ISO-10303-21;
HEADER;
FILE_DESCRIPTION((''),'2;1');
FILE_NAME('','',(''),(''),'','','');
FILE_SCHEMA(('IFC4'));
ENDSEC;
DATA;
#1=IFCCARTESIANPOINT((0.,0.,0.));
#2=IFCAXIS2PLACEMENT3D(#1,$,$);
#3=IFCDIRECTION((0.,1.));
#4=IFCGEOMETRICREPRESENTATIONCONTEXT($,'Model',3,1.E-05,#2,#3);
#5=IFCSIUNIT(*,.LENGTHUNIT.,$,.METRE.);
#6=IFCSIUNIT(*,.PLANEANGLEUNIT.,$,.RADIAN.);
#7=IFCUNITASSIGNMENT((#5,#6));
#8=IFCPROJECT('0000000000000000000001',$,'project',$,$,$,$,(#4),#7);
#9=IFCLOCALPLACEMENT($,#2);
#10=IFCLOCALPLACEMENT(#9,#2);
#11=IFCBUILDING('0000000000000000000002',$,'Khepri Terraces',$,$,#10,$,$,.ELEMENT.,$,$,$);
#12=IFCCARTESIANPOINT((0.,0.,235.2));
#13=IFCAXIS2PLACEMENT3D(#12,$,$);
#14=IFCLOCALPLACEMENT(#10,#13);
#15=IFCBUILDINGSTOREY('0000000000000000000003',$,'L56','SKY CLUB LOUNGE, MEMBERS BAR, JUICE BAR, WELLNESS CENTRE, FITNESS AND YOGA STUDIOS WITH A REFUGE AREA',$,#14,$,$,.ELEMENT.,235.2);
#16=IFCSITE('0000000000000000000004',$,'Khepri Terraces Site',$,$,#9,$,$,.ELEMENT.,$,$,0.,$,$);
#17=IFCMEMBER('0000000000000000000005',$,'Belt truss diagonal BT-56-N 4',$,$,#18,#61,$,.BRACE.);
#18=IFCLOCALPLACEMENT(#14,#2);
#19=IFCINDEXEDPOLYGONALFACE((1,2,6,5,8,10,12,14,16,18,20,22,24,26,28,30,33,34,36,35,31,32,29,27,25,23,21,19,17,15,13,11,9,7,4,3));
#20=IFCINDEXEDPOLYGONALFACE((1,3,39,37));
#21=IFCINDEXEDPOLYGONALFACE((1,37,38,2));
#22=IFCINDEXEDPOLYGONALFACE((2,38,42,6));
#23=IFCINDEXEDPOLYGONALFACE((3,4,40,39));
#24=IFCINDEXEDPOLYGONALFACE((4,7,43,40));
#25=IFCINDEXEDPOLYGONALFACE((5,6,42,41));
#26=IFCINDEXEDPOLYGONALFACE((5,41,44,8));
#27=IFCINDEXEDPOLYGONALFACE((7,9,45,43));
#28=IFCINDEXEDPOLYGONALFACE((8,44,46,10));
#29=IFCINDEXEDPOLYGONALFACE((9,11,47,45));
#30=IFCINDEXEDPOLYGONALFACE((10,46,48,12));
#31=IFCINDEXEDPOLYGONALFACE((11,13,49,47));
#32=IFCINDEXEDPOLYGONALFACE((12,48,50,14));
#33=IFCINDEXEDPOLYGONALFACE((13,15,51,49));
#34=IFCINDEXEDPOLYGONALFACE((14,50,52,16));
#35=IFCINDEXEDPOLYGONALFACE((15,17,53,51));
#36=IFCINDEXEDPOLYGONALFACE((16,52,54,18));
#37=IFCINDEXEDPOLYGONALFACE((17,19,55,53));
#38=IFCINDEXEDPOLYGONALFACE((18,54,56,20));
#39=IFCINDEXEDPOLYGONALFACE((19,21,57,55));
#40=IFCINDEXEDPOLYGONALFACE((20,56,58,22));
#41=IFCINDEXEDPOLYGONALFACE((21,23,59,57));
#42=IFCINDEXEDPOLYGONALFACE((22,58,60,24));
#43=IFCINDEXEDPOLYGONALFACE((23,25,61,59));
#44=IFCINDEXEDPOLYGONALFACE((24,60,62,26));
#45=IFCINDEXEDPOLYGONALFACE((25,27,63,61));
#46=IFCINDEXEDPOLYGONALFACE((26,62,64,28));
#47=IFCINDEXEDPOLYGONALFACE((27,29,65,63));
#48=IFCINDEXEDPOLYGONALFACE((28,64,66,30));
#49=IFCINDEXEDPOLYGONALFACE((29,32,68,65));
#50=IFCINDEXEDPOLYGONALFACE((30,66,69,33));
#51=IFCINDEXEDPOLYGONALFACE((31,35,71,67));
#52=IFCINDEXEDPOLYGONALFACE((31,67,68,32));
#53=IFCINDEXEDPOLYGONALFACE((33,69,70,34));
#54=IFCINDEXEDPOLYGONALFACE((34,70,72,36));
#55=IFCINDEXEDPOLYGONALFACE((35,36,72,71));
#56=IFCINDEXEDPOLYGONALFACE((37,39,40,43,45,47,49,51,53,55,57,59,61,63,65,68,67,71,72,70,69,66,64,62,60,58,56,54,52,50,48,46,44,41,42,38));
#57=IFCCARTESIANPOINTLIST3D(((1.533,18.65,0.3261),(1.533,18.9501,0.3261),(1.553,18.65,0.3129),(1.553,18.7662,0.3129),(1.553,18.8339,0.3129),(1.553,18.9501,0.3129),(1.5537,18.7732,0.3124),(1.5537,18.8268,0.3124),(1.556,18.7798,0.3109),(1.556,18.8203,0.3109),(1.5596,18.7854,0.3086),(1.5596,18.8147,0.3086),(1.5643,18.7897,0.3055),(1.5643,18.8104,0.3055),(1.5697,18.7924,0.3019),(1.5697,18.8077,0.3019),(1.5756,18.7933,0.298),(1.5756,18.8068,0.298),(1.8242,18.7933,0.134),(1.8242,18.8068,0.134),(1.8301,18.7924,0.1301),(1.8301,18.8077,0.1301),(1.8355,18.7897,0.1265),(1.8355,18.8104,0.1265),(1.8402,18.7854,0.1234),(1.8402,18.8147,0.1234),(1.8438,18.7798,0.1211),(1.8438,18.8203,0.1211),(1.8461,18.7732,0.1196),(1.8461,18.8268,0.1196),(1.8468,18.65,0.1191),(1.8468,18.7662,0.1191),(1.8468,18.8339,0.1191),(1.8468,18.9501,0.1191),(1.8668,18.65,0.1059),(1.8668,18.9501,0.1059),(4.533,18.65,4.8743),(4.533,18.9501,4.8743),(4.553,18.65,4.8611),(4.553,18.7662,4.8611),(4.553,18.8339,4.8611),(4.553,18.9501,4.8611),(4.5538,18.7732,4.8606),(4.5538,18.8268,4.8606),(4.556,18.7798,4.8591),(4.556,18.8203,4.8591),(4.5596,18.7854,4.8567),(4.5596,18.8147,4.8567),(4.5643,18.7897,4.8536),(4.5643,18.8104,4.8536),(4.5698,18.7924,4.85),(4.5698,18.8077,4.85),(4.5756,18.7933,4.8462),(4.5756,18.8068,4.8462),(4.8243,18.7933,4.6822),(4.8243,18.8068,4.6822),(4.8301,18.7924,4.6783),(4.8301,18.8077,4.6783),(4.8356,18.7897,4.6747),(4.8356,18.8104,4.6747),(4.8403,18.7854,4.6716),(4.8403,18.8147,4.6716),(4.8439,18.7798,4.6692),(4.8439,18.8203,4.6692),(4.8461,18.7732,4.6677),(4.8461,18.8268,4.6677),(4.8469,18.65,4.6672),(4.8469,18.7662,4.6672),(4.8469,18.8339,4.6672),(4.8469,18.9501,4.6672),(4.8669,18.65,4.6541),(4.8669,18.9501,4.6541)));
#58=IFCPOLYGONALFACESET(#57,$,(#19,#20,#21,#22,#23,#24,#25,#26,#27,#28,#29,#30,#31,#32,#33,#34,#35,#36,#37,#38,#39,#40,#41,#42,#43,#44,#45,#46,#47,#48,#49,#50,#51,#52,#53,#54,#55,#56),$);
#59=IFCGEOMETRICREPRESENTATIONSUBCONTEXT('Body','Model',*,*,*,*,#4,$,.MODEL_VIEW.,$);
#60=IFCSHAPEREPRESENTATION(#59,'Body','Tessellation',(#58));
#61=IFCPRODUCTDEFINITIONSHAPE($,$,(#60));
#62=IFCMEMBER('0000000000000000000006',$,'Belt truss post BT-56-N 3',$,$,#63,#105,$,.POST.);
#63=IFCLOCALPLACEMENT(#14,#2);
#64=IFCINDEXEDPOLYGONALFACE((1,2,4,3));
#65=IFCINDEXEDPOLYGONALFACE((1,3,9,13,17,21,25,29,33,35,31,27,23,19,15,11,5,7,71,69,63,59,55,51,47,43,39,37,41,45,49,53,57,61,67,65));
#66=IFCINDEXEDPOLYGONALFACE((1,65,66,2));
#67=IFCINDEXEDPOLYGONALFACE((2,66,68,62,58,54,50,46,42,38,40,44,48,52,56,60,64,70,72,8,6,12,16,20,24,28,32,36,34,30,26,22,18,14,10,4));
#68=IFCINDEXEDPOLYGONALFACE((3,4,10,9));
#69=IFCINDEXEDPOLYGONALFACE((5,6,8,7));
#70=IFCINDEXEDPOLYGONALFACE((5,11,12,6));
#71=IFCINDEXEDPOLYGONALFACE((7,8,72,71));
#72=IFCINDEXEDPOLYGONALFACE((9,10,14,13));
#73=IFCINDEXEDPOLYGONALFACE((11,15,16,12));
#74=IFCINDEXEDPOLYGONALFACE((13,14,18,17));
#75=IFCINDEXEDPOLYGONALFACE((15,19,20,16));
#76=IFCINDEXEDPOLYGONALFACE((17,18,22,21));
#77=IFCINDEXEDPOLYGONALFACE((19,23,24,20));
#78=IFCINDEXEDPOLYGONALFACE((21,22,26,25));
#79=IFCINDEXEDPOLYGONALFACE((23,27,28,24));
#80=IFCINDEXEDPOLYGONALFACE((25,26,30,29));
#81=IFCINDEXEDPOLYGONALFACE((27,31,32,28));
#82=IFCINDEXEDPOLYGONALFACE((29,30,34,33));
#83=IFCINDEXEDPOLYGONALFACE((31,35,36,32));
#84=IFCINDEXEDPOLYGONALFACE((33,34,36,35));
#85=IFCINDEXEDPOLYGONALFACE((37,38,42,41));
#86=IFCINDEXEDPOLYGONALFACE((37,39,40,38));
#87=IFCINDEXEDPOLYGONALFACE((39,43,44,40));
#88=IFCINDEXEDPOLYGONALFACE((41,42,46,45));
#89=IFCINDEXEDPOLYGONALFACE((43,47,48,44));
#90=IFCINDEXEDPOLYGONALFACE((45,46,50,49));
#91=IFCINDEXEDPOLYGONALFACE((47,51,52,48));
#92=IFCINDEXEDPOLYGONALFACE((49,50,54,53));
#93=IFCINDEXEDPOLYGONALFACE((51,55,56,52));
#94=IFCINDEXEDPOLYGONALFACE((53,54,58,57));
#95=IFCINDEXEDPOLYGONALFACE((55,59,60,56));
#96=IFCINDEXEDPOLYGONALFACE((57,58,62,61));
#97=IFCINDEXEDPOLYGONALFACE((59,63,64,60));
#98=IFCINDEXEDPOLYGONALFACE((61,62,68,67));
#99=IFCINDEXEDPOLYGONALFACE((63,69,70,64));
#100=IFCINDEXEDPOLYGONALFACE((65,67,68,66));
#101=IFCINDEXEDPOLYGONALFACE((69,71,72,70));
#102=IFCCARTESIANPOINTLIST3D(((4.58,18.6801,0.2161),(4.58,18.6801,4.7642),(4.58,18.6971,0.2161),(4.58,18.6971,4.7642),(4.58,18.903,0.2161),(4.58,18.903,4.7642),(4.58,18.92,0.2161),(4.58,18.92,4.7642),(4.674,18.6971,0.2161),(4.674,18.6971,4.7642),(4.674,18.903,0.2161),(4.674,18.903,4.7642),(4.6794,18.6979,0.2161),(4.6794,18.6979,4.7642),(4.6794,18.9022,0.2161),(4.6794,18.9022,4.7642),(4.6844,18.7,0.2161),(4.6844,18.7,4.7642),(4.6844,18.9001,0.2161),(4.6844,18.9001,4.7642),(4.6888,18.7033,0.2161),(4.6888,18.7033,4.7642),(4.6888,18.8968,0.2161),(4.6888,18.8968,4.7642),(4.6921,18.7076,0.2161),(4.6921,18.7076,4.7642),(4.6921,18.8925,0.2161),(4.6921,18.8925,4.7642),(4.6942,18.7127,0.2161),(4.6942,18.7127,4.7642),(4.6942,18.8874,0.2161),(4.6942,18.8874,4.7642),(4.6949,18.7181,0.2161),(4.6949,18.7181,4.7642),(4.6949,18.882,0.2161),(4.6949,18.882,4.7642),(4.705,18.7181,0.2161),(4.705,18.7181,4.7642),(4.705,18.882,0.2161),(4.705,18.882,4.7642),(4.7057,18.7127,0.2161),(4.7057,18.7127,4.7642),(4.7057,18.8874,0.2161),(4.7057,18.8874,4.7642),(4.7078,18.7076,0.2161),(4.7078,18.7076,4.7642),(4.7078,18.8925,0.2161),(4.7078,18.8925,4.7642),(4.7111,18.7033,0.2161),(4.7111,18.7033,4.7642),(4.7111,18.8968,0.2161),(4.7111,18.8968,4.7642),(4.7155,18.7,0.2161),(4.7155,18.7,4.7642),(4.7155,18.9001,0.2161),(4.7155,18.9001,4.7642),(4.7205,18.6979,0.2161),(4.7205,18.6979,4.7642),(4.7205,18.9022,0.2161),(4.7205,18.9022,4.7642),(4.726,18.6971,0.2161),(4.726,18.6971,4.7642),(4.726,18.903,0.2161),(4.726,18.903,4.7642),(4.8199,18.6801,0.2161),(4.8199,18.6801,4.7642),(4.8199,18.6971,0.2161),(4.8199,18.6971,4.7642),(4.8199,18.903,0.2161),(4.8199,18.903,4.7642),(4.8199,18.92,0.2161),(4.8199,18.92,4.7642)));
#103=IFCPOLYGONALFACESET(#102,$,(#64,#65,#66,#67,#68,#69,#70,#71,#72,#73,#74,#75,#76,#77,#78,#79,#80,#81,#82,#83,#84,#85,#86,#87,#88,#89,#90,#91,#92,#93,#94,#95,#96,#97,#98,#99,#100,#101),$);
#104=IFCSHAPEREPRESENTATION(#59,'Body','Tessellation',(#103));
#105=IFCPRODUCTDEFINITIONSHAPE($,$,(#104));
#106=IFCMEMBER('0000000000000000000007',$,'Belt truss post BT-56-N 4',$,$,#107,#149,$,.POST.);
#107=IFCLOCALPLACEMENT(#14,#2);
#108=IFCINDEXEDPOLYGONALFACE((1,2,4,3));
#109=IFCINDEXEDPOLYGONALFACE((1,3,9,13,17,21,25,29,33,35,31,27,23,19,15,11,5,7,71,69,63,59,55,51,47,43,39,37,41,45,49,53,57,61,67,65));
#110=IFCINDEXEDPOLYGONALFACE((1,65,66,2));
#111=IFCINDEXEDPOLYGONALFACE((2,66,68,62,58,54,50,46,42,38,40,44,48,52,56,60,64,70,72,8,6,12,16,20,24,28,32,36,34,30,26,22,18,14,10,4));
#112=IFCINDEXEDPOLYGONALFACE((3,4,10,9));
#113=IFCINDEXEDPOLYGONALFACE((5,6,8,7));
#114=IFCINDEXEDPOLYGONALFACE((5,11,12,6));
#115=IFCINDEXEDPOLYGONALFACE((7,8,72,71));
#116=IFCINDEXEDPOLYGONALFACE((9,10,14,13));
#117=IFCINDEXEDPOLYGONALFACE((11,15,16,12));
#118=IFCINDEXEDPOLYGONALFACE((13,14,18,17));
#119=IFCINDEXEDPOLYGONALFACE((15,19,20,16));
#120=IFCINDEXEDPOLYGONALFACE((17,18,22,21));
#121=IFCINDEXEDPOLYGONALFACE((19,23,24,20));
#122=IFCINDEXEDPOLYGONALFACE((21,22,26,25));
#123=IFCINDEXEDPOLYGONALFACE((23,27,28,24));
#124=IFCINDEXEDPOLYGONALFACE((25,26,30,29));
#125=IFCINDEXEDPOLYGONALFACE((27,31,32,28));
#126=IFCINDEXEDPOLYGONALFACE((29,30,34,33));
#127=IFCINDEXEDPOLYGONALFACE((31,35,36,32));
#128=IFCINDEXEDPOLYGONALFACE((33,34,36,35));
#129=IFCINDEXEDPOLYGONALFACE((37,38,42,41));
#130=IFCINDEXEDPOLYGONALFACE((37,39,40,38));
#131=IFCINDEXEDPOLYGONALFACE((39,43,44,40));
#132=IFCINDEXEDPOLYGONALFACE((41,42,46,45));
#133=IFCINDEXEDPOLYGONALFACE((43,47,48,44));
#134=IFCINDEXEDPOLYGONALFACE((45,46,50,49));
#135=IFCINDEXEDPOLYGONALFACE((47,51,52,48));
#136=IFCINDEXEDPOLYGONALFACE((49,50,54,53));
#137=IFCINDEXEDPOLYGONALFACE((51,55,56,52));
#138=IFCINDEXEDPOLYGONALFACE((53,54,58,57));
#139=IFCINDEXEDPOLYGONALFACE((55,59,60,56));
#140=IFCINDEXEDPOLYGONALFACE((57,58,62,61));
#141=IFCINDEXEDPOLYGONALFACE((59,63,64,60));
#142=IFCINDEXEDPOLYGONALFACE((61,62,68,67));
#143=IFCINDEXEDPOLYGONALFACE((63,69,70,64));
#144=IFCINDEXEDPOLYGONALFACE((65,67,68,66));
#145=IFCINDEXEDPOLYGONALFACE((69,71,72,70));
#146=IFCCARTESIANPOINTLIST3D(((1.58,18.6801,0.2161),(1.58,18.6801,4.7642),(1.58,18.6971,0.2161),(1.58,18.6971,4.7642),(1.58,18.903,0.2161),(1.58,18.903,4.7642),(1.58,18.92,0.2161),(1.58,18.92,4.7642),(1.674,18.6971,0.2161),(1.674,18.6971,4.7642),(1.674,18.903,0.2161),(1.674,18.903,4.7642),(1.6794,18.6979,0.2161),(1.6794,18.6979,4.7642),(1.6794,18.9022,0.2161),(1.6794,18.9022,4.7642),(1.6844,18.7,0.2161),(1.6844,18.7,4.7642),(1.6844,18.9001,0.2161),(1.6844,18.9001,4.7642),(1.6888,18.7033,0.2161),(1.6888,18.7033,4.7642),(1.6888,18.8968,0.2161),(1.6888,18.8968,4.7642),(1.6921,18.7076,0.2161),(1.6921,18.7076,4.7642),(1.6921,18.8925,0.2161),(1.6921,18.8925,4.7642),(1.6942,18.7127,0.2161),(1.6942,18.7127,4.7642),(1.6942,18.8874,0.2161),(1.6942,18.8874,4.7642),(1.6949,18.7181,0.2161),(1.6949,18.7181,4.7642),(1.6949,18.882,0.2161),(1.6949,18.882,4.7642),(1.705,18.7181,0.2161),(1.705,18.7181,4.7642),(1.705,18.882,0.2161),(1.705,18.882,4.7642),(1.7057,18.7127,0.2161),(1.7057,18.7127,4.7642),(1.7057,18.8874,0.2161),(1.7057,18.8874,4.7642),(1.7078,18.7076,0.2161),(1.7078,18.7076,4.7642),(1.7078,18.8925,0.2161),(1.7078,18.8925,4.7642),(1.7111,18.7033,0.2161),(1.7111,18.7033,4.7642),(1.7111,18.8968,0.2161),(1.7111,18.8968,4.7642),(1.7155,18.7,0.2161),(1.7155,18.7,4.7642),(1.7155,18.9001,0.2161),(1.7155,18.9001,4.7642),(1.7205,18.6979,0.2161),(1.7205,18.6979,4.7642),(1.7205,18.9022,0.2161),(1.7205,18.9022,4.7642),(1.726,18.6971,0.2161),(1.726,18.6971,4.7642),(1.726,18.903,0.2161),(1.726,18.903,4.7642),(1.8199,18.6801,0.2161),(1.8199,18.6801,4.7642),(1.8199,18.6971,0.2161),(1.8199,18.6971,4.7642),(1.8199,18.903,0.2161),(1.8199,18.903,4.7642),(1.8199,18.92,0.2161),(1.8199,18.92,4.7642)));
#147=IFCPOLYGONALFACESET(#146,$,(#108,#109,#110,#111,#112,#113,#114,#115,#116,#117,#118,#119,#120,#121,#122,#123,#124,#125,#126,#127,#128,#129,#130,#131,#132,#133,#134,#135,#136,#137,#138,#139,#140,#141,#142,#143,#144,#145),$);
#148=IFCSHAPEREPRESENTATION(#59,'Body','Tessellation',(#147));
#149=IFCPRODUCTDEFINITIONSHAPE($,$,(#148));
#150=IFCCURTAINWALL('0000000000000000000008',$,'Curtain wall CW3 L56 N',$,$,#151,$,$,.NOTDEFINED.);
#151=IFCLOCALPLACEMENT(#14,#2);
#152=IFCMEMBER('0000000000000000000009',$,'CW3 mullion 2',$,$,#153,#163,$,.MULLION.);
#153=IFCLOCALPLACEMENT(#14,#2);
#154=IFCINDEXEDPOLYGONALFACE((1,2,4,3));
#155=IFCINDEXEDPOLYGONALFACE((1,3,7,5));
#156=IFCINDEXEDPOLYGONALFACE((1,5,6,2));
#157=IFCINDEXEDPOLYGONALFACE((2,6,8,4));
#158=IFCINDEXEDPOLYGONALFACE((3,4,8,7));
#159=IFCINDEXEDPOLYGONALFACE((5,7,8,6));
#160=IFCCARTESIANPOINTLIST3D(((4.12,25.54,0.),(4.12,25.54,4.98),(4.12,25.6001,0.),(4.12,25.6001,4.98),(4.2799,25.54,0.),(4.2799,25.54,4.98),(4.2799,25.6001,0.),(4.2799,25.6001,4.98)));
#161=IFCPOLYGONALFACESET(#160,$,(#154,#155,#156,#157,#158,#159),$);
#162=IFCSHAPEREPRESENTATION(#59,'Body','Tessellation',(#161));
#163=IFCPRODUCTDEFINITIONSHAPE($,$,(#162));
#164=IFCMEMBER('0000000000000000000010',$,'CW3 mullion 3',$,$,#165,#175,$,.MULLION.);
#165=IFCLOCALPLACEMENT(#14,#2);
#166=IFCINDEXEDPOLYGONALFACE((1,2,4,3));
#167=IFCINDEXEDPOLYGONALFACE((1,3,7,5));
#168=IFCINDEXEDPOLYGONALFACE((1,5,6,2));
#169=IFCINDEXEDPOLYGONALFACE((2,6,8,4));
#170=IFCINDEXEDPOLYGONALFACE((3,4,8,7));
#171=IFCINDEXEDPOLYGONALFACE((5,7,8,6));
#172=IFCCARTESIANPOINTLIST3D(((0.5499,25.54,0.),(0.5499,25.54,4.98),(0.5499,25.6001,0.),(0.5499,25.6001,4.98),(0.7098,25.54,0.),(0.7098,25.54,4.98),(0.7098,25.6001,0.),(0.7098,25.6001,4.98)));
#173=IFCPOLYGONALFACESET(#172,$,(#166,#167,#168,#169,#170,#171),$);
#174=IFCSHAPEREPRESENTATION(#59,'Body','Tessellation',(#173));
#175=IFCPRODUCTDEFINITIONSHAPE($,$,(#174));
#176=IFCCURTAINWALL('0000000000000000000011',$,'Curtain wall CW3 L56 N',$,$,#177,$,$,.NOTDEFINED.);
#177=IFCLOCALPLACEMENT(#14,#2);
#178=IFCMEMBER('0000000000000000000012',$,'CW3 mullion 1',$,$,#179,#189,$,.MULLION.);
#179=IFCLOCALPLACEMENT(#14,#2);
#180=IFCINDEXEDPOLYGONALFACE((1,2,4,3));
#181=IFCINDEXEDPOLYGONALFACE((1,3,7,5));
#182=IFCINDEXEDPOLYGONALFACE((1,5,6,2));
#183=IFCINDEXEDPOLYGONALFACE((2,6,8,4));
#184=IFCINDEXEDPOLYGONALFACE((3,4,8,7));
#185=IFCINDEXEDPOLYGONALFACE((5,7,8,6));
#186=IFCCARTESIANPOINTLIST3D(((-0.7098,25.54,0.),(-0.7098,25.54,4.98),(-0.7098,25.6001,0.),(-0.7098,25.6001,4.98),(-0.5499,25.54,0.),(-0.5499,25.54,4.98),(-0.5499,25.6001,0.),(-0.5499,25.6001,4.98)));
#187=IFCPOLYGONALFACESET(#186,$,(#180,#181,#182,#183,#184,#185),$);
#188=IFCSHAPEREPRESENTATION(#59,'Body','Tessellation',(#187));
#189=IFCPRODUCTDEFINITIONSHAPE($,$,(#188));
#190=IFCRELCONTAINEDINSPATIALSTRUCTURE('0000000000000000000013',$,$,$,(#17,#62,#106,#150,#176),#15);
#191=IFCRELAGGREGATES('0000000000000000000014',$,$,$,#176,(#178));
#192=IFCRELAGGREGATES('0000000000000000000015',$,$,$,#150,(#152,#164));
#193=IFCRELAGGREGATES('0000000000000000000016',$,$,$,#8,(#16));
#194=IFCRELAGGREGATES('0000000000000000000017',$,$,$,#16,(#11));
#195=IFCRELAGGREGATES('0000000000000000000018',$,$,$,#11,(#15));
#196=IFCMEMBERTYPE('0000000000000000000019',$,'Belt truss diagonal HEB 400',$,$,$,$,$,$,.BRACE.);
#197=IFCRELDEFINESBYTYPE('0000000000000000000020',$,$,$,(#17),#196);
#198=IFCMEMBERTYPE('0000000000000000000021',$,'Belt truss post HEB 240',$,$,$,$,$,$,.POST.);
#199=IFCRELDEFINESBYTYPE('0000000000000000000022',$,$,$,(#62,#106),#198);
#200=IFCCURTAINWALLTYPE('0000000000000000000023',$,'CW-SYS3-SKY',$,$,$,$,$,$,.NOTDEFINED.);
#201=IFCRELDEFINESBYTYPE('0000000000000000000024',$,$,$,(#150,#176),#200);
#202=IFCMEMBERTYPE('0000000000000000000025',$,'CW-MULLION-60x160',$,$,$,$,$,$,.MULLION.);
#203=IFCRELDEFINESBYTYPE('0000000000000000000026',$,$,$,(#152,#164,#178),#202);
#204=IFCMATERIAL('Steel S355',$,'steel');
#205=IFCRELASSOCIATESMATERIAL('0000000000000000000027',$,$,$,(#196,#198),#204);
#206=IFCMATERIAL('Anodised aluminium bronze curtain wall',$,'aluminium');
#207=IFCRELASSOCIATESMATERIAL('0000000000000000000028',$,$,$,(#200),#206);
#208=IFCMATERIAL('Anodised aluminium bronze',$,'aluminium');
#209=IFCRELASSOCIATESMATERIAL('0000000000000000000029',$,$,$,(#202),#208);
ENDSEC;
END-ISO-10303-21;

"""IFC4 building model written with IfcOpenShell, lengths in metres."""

from ifc_helpers import new_model, si_unit, direction, frame, origin, origin_2d, place, context, subcontext, project, spatial, rectangle, i_section, extrude, material, material_profile, profile_set, type_object, element, aggregate, save


model = new_model("IFC4")

# Units and contexts
model_context = context("Model", 3, precision=1e-05, world=origin(), true_north=direction((0.0, 1.0)))
body_context = subcontext(model_context, "Body", "Model", "MODEL_VIEW")
ifc_project = project(units=[si_unit("LENGTHUNIT", "METRE"), si_unit("PLANEANGLEUNIT", "RADIAN")], contexts=[model_context])

# Site, building, storey
site_placement = place(None, origin())
site = spatial("IfcSite", under=ifc_project, at=site_placement, Name="Khepri Terraces Site", CompositionType="ELEMENT", RefElevation=0.0)
building_placement = place(site_placement, origin())
building = spatial("IfcBuilding", under=site, at=building_placement, Name="Khepri Terraces", CompositionType="ELEMENT")
storey_placement = place(building_placement, frame((0.0, 0.0, 235.2)))
storey = spatial("IfcBuildingStorey", under=building, at=storey_placement, Name="L56", Description="SKY CLUB LOUNGE, MEMBERS BAR, JUICE BAR, WELLNESS CENTRE, FITNESS AND YOGA STUDIOS WITH A REFUGE AREA", CompositionType="ELEMENT", Elevation=235.2)

# Members
ifc_material_1 = material(Name="Steel S355", Category="steel")
ifc_material_profile_1 = material_profile(ifc_material_1, i_section(OverallWidth=0.3, OverallDepth=0.3999, WebThickness=0.0134, FlangeThickness=0.0239, FilletRadius=0.0271, at=origin_2d()), Name="Steel S355", Category="steel")
ifc_profile_set_1 = profile_set([ifc_material_profile_1], Name="Steel S355")
member_type_1 = type_object("IfcMemberType", Name="Belt truss diagonal HEB 400", PredefinedType="BRACE", material=ifc_profile_set_1)
member_1_placement = place(storey_placement, frame((4.7, 18.8, 4.7642), z_axis=(-0.550619, 0.0, -0.834756), x_axis=(0.0, -1.0, 0.0)))
element("IfcMember", 1, at=member_1_placement, inside=storey, type_object=member_type_1, Name="Belt truss diagonal BT-56-N 4", PredefinedType="BRACE", context=body_context, shape_type="SweptSolid", body=[
    extrude(i_section(OverallWidth=0.3, OverallDepth=0.3999, WebThickness=0.0134, FlangeThickness=0.0239, FilletRadius=0.0271, at=origin_2d()), origin(), (0.0, 0.0, 1.0), 5.4485),
])
ifc_material_profile_2 = material_profile(ifc_material_1, i_section(OverallWidth=0.24, OverallDepth=0.24, WebThickness=0.01, FlangeThickness=0.0171, FilletRadius=0.021, at=origin_2d()), Name="Steel S355", Category="steel")
ifc_profile_set_2 = profile_set([ifc_material_profile_2], Name="Steel S355")
member_type_2 = type_object("IfcMemberType", Name="Belt truss post HEB 240", PredefinedType="POST", material=ifc_profile_set_2)
for number, where, z_axis, x_axis, name in (
    (2, (4.7, 18.8, 0.2161), (0.0, 0.0, 1.0), (1.0, 0.0, 0.0), "Belt truss post BT-56-N 3"),
    (3, (1.7, 18.8, 0.2161), (0.0, 0.0, 1.0), (1.0, 0.0, 0.0), "Belt truss post BT-56-N 4"),
):
    element("IfcMember", number, at=place(storey_placement, frame(where, z_axis=z_axis, x_axis=x_axis)), inside=storey, type_object=member_type_2, Name=name, PredefinedType="POST", context=body_context, shape_type="SweptSolid", body=[
        extrude(i_section(OverallWidth=0.24, OverallDepth=0.24, WebThickness=0.01, FlangeThickness=0.0171, FilletRadius=0.021, at=origin_2d()), origin(), (0.0, 0.0, 1.0), 4.5481),
    ])

# Curtain wall, members
ifc_material_2 = material(Name="Anodised aluminium bronze curtain wall", Category="aluminium")
curtain_wall_type = type_object("IfcCurtainWallType", Name="CW-SYS3-SKY", PredefinedType="NOTDEFINED", material=ifc_material_2)
curtain_wall_1_placement = place(storey_placement, origin())
curtain_wall_1 = element("IfcCurtainWall", 4, at=curtain_wall_1_placement, inside=storey, type_object=curtain_wall_type, Name="Curtain wall CW3 L56 N", PredefinedType="NOTDEFINED")
ifc_material_3 = material(Name="Anodised aluminium bronze", Category="aluminium")
ifc_material_profile_3 = material_profile(ifc_material_3, rectangle(XDim=0.0601, YDim=0.1599, at=origin_2d()), Name="Anodised aluminium bronze", Category="aluminium")
ifc_profile_set_3 = profile_set([ifc_material_profile_3], Name="Anodised aluminium bronze")
member_type_3 = type_object("IfcMemberType", Name="CW-MULLION-60x160", PredefinedType="MULLION", material=ifc_profile_set_3)
member_2_placement = place(storey_placement, frame((4.2, 25.5701, 0.0), z_axis=(0.0, 0.0, 1.0), x_axis=(0.0, -1.0, 0.0)))
member_2 = element("IfcMember", 5, at=member_2_placement, type_object=member_type_3, Name="CW3 mullion 2", PredefinedType="MULLION", context=body_context, shape_type="SweptSolid", body=[
    extrude(rectangle(XDim=0.0601, YDim=0.1599, at=origin_2d()), origin(), (0.0, 0.0, 1.0), 4.98),
])
member_3_placement = place(storey_placement, frame((0.6299, 25.5701, 0.0), z_axis=(0.0, 0.0, 1.0), x_axis=(0.0, -1.0, 0.0)))
member_3 = element("IfcMember", 6, at=member_3_placement, type_object=member_type_3, Name="CW3 mullion 3", PredefinedType="MULLION", context=body_context, shape_type="SweptSolid", body=[
    extrude(rectangle(XDim=0.0601, YDim=0.1599, at=origin_2d()), origin(), (0.0, 0.0, 1.0), 4.98),
])

# Curtain wall, member
curtain_wall_2_placement = place(storey_placement, origin())
curtain_wall_2 = element("IfcCurtainWall", 7, at=curtain_wall_2_placement, inside=storey, type_object=curtain_wall_type, Name="Curtain wall CW3 L56 N", PredefinedType="NOTDEFINED")
member_4_placement = place(storey_placement, frame((-0.6299, 25.5701, 0.0), z_axis=(0.0, 0.0, 1.0), x_axis=(0.0, -1.0, 0.0)))
member_4 = element("IfcMember", 8, at=member_4_placement, type_object=member_type_3, Name="CW3 mullion 1", PredefinedType="MULLION", context=body_context, shape_type="SweptSolid", body=[
    extrude(rectangle(XDim=0.0601, YDim=0.1599, at=origin_2d()), origin(), (0.0, 0.0, 1.0), 4.98),
])

aggregate(curtain_wall_2, [member_4])

aggregate(curtain_wall_1, [member_2, member_3])

save(model, "model.ifc")
